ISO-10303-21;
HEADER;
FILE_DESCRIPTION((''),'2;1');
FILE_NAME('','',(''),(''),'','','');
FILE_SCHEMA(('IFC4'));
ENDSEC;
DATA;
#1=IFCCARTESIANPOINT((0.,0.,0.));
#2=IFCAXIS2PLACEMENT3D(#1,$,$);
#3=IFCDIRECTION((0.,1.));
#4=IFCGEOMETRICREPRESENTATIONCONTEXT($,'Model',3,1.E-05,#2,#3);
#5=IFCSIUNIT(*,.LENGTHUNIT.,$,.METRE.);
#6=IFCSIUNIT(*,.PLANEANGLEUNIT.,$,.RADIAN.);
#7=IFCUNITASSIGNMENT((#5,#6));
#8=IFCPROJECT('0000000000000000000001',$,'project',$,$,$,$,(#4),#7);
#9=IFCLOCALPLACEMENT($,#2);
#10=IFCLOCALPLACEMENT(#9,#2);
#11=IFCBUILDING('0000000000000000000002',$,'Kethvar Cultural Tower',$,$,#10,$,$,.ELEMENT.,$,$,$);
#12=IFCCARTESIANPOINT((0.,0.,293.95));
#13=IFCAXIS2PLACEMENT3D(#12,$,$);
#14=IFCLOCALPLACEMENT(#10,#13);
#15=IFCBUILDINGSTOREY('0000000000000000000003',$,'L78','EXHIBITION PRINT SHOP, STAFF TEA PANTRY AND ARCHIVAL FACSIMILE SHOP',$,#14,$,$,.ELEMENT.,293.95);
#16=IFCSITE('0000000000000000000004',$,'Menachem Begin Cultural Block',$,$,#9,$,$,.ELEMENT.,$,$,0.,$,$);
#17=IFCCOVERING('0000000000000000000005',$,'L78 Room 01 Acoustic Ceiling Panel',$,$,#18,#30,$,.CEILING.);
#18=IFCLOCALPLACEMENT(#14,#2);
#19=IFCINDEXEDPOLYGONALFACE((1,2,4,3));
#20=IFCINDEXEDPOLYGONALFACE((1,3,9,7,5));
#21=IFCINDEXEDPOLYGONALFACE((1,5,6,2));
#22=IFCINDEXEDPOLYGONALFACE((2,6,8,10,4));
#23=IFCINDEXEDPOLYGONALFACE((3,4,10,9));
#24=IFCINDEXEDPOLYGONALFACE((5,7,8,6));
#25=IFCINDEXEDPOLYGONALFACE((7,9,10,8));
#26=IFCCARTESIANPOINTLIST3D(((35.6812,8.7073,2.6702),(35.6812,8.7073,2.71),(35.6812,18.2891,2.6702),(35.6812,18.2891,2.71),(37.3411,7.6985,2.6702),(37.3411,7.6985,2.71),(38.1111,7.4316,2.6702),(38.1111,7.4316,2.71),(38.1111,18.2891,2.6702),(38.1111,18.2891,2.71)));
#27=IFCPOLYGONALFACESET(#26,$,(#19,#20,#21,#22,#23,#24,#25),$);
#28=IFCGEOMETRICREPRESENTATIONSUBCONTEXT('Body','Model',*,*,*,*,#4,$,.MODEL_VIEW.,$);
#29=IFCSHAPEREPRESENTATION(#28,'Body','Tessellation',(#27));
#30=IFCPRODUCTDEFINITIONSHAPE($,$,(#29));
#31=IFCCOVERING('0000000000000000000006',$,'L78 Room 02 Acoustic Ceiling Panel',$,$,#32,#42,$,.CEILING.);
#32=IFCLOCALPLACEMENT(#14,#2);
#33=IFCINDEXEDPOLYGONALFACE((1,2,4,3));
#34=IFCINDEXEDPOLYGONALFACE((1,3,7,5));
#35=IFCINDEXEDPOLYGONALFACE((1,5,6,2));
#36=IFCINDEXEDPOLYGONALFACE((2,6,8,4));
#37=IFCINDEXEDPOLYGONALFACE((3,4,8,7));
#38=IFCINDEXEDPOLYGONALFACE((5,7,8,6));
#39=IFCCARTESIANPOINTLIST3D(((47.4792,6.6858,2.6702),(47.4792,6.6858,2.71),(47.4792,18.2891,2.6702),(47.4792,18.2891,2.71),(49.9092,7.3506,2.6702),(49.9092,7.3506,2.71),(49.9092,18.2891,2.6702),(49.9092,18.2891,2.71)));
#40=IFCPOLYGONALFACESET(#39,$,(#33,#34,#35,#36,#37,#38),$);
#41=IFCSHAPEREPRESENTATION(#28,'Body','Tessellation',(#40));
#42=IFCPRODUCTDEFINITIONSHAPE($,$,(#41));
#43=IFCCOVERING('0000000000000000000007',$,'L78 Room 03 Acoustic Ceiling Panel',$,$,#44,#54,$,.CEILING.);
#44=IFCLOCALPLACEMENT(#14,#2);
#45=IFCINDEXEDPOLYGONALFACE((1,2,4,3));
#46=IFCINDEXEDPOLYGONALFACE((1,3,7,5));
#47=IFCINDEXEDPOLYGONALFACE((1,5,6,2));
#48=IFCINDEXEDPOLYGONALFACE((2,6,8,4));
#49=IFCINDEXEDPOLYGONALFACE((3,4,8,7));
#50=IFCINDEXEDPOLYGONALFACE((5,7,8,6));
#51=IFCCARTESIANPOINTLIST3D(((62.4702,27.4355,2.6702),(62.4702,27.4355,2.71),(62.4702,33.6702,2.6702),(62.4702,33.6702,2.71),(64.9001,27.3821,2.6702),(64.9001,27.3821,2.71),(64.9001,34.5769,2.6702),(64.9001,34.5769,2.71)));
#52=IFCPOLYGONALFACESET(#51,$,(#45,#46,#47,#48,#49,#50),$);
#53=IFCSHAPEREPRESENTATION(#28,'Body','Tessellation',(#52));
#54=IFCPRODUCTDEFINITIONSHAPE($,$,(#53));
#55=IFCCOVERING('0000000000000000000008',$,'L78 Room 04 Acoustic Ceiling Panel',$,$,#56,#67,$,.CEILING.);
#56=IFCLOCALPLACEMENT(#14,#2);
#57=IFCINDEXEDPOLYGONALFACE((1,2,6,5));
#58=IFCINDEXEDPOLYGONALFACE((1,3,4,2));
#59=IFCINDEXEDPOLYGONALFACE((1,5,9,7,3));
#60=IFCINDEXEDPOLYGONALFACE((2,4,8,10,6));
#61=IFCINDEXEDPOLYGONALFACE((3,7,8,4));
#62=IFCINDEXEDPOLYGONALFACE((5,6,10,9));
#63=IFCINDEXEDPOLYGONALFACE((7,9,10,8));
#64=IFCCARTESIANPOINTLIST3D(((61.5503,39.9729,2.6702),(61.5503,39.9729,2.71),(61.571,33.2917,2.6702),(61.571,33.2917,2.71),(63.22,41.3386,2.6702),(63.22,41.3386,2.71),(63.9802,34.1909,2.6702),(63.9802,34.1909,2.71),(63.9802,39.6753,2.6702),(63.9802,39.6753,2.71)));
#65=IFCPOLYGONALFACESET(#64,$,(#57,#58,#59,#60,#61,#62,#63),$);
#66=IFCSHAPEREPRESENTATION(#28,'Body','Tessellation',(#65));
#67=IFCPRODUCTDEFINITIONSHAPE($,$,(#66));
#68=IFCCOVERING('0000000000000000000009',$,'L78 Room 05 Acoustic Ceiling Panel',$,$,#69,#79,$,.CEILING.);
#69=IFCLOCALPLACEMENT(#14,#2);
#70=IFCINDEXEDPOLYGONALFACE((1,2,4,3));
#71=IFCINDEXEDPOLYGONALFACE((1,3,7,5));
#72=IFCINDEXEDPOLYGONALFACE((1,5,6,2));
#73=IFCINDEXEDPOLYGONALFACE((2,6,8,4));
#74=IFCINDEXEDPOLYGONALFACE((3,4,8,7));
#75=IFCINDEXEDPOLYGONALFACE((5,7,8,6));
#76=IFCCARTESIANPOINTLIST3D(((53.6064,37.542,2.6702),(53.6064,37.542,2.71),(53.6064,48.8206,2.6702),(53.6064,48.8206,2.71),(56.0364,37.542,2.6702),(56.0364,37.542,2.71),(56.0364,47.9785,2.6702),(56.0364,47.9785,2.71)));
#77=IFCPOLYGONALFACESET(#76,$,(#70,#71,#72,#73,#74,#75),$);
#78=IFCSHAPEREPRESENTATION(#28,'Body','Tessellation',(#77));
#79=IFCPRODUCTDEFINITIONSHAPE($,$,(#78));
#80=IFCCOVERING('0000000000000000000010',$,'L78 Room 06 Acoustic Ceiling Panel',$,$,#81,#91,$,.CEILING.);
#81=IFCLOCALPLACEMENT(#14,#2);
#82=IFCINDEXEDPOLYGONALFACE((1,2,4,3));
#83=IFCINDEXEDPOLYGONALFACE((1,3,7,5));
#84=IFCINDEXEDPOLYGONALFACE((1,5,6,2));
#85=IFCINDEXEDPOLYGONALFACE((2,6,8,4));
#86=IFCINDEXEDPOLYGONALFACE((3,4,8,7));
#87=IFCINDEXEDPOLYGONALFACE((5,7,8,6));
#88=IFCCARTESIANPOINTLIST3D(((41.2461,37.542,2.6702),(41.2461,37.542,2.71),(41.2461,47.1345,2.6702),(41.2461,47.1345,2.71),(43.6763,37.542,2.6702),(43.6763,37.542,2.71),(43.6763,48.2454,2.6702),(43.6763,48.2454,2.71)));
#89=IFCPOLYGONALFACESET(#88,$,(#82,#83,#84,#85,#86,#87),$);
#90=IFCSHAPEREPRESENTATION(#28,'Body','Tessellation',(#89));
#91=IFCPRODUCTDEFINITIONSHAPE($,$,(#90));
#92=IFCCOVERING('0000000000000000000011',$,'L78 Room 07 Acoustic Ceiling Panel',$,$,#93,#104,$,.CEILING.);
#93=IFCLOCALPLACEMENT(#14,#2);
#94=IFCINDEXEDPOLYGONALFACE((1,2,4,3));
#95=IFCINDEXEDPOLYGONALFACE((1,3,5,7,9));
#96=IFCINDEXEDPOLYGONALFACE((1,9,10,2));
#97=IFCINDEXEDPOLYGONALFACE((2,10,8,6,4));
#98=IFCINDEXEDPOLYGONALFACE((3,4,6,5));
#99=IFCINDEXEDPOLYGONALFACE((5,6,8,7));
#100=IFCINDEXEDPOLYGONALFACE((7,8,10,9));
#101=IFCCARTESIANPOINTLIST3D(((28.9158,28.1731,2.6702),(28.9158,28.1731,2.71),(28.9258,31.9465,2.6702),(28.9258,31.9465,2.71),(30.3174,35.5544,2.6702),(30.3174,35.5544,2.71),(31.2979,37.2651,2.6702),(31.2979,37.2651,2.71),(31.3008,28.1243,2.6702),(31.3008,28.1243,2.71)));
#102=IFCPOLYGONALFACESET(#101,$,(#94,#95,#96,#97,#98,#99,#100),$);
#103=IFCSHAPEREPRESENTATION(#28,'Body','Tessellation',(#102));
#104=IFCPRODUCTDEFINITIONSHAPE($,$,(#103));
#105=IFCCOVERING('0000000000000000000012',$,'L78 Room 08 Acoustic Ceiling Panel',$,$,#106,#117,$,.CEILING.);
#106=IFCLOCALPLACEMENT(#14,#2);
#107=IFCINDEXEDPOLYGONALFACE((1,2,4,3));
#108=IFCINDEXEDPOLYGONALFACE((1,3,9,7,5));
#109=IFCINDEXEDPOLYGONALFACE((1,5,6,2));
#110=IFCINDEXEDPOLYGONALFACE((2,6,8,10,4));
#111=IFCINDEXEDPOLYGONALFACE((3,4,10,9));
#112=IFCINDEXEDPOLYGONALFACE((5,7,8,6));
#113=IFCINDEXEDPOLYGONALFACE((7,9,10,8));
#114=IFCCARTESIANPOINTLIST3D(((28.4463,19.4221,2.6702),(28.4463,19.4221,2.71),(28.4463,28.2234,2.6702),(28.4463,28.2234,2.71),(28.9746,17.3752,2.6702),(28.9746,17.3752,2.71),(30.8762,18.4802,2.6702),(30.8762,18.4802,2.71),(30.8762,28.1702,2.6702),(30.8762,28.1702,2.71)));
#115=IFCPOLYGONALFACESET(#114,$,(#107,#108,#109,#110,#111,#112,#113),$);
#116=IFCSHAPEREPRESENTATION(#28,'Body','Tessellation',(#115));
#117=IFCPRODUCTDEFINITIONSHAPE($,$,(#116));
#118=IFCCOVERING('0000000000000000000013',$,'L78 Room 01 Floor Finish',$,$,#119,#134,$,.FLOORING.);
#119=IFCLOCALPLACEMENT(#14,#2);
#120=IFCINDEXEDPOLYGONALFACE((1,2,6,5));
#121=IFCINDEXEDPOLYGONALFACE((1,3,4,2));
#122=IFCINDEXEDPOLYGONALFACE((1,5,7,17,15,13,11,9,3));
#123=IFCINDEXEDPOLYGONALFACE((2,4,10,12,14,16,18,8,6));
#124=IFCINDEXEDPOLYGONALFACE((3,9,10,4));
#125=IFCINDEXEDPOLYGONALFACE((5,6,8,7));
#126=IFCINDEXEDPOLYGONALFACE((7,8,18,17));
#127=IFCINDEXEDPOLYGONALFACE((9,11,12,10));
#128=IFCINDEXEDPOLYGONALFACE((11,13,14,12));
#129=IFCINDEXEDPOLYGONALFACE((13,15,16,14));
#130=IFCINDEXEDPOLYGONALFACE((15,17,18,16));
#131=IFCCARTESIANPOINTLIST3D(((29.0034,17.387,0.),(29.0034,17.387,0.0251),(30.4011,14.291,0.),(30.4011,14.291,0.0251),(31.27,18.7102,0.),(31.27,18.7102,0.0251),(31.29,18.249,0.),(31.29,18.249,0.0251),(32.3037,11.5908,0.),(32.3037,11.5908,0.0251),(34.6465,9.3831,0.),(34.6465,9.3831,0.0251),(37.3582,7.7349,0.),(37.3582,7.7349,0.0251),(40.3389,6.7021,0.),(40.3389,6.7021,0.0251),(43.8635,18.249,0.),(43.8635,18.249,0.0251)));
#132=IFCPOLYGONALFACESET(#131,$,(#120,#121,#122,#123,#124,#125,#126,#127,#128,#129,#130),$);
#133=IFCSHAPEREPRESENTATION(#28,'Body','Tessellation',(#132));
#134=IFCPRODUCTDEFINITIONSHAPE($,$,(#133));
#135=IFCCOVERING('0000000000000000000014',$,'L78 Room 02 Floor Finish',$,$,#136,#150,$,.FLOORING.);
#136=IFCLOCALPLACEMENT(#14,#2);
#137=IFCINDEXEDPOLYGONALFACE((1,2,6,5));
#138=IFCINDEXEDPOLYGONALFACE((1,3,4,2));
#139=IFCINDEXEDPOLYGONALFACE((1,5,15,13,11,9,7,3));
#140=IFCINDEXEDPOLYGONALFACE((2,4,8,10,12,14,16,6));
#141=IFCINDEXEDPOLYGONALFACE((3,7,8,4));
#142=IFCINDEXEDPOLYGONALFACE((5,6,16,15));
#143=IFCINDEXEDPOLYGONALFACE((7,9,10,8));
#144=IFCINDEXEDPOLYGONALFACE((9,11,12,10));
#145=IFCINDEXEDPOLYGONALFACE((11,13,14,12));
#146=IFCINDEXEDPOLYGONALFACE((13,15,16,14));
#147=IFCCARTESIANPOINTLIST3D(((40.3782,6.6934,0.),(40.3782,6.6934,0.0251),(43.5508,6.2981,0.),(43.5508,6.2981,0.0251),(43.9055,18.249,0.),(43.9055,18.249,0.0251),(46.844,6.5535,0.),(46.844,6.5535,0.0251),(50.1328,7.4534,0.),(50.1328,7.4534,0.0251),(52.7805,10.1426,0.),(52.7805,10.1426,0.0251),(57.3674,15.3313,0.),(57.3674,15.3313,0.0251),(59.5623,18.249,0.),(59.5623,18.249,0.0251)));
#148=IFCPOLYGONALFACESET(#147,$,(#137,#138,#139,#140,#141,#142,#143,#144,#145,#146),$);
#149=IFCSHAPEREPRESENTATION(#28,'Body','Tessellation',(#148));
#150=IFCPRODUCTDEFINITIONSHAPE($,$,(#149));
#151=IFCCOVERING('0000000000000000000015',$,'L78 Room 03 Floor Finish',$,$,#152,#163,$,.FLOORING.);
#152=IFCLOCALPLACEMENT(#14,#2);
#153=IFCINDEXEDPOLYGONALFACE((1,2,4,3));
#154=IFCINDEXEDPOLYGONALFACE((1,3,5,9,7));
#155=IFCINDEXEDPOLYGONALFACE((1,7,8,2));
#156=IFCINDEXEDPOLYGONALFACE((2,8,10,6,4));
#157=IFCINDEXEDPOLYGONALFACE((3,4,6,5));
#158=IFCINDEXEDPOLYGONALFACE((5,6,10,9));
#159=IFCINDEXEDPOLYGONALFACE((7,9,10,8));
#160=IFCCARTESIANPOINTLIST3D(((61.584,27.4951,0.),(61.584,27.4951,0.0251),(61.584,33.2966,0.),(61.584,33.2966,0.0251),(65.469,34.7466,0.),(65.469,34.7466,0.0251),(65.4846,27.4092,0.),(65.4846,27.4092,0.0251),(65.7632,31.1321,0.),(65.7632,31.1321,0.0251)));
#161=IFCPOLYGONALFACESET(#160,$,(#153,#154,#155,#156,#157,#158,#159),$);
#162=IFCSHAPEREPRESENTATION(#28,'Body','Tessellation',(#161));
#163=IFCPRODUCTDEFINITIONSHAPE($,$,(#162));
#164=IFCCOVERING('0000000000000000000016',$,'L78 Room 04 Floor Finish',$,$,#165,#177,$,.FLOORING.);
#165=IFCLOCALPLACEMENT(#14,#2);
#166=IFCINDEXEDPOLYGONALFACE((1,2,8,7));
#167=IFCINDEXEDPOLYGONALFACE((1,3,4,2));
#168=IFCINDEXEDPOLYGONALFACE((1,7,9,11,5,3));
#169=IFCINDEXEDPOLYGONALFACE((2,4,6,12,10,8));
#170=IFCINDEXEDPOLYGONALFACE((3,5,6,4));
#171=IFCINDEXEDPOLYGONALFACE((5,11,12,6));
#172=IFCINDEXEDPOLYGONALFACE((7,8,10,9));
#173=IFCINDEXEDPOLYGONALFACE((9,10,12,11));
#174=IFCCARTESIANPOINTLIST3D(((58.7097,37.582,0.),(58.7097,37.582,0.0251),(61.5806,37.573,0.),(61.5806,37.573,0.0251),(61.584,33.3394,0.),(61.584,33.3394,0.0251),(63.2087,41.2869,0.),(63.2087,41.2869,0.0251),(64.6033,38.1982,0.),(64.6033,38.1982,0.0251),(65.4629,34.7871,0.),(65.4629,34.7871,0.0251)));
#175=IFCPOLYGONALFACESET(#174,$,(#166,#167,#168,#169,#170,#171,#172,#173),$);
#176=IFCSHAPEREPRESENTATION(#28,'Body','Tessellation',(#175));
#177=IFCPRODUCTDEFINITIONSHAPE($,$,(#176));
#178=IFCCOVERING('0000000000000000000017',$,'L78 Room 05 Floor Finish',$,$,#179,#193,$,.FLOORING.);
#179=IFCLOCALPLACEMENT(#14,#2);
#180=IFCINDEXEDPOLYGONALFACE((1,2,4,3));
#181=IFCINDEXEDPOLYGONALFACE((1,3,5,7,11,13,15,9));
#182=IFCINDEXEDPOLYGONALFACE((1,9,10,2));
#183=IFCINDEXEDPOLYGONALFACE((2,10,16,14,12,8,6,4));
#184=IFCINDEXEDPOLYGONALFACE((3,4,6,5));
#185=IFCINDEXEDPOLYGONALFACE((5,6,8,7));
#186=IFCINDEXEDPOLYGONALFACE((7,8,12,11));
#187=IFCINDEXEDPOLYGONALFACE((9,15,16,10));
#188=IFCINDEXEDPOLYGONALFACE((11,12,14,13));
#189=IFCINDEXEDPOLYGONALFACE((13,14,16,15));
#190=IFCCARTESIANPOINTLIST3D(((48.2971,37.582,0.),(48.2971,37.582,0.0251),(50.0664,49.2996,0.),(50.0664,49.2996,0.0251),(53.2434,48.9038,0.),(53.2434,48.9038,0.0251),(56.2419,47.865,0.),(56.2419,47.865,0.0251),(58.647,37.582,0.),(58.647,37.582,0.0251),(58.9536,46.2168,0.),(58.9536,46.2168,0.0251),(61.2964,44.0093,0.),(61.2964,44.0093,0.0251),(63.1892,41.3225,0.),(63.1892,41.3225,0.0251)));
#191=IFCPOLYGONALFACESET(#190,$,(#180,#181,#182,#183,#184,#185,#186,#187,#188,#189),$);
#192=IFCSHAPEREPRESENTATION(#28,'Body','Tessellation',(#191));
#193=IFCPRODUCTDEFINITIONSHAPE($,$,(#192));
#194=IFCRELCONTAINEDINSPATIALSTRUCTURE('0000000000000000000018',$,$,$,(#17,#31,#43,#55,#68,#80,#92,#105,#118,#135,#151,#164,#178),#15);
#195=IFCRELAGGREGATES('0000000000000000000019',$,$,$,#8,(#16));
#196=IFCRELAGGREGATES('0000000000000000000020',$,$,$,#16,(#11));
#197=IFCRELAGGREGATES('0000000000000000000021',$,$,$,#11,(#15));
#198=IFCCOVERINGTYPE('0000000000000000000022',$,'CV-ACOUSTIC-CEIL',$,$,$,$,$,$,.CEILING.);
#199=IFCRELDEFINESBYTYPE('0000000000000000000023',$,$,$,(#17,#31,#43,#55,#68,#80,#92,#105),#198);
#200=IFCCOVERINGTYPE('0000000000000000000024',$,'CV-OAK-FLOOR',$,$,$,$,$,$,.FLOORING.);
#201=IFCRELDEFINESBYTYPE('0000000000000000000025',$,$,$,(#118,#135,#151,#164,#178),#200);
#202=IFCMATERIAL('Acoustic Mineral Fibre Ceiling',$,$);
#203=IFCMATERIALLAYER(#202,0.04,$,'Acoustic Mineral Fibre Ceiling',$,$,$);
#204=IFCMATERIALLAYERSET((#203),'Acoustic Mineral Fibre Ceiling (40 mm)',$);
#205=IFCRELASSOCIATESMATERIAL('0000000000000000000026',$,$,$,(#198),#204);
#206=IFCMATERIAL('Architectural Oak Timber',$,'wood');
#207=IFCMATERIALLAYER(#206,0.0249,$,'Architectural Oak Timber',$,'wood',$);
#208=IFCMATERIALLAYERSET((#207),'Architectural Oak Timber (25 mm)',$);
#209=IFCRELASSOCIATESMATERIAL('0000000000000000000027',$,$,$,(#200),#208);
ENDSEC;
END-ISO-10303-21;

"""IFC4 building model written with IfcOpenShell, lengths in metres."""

from ifc_helpers import new_model, si_unit, direction, frame, origin, place, context, subcontext, project, spatial, polyline, outline, extrude, material, layer, layer_set, type_object, element, save


model = new_model("IFC4")

# Units and contexts
model_context = context("Model", 3, precision=1e-05, world=origin(), true_north=direction((0.0, 1.0)))
body_context = subcontext(model_context, "Body", "Model", "MODEL_VIEW")
ifc_project = project(units=[si_unit("LENGTHUNIT", "METRE"), si_unit("PLANEANGLEUNIT", "RADIAN")], contexts=[model_context])

# Site, building, storey
site_placement = place(None, origin())
site = spatial("IfcSite", under=ifc_project, at=site_placement, Name="Menachem Begin Cultural Block", CompositionType="ELEMENT", RefElevation=0.0)
building_placement = place(site_placement, origin())
building = spatial("IfcBuilding", under=site, at=building_placement, Name="Kethvar Cultural Tower", CompositionType="ELEMENT")
storey_placement = place(building_placement, frame((0.0, 0.0, 293.95)))
storey = spatial("IfcBuildingStorey", under=building, at=storey_placement, Name="L78", Description="EXHIBITION PRINT SHOP, STAFF TEA PANTRY AND ARCHIVAL FACSIMILE SHOP", CompositionType="ELEMENT", Elevation=293.95)

# Coverings
ifc_material_1 = material(Name="Acoustic Mineral Fibre Ceiling")
ifc_layer_1 = layer(ifc_material_1, 0.04, Name="Acoustic Mineral Fibre Ceiling")
ifc_layer_set_1 = layer_set([ifc_layer_1], Name="Acoustic Mineral Fibre Ceiling (40 mm)")
covering_type_1 = type_object("IfcCoveringType", Name="CV-ACOUSTIC-CEIL", PredefinedType="CEILING", material=ifc_layer_set_1)
covering_1_placement = place(storey_placement, frame((0.0, 0.0, 2.6702)))
element("IfcCovering", 1, at=covering_1_placement, inside=storey, type_object=covering_type_1, Name="L78 Room 01 Acoustic Ceiling Panel", PredefinedType="CEILING", context=body_context, shape_type="SweptSolid", body=[
    extrude(outline(polyline([(37.3411, 7.6985), (35.6812, 8.7073), (35.6812, 18.2891), (38.1111, 18.2891), (38.1111, 7.4316), (37.3411, 7.6985)])), origin(), (0.0, 0.0, 1.0), 0.0398),
])
covering_2_placement = place(storey_placement, frame((0.0, 0.0, 2.6702)))
element("IfcCovering", 2, at=covering_2_placement, inside=storey, type_object=covering_type_1, Name="L78 Room 02 Acoustic Ceiling Panel", PredefinedType="CEILING", context=body_context, shape_type="SweptSolid", body=[
    extrude(outline(polyline([(47.4792, 6.6858), (47.4792, 18.2891), (49.9092, 18.2891), (49.9092, 7.3506), (47.4792, 6.6858)])), origin(), (0.0, 0.0, 1.0), 0.0398),
])
covering_3_placement = place(storey_placement, frame((0.0, 0.0, 2.6702)))
element("IfcCovering", 3, at=covering_3_placement, inside=storey, type_object=covering_type_1, Name="L78 Room 03 Acoustic Ceiling Panel", PredefinedType="CEILING", context=body_context, shape_type="SweptSolid", body=[
    extrude(outline(polyline([(62.4702, 27.4355), (62.4702, 33.6702), (64.9001, 34.5769), (64.9001, 27.3821), (62.4702, 27.4355)])), origin(), (0.0, 0.0, 1.0), 0.0398),
])
covering_4_placement = place(storey_placement, frame((0.0, 0.0, 2.6702)))
element("IfcCovering", 4, at=covering_4_placement, inside=storey, type_object=covering_type_1, Name="L78 Room 04 Acoustic Ceiling Panel", PredefinedType="CEILING", context=body_context, shape_type="SweptSolid", body=[
    extrude(outline(polyline([(61.571, 33.2917), (61.5503, 39.9729), (63.22, 41.3386), (63.9802, 39.6753), (63.9802, 34.1909), (61.571, 33.2917)])), origin(), (0.0, 0.0, 1.0), 0.0398),
])
covering_5_placement = place(storey_placement, frame((0.0, 0.0, 2.6702)))
element("IfcCovering", 5, at=covering_5_placement, inside=storey, type_object=covering_type_1, Name="L78 Room 05 Acoustic Ceiling Panel", PredefinedType="CEILING", context=body_context, shape_type="SweptSolid", body=[
    extrude(outline(polyline([(56.0364, 47.9785), (56.0364, 37.542), (53.6064, 37.542), (53.6064, 48.8206), (56.0364, 47.9785)])), origin(), (0.0, 0.0, 1.0), 0.0398),
])
covering_6_placement = place(storey_placement, frame((0.0, 0.0, 2.6702)))
element("IfcCovering", 6, at=covering_6_placement, inside=storey, type_object=covering_type_1, Name="L78 Room 06 Acoustic Ceiling Panel", PredefinedType="CEILING", context=body_context, shape_type="SweptSolid", body=[
    extrude(outline(polyline([(41.2461, 47.1345), (43.6763, 48.2454), (43.6763, 37.542), (41.2461, 37.542), (41.2461, 47.1345)])), origin(), (0.0, 0.0, 1.0), 0.0398),
])
covering_7_placement = place(storey_placement, frame((0.0, 0.0, 2.6702)))
element("IfcCovering", 7, at=covering_7_placement, inside=storey, type_object=covering_type_1, Name="L78 Room 07 Acoustic Ceiling Panel", PredefinedType="CEILING", context=body_context, shape_type="SweptSolid", body=[
    extrude(outline(polyline([(28.9258, 31.9465), (30.3174, 35.5544), (31.2979, 37.2651), (31.3008, 28.1243), (28.9158, 28.1731), (28.9258, 31.9465)])), origin(), (0.0, 0.0, 1.0), 0.0398),
])
covering_8_placement = place(storey_placement, frame((0.0, 0.0, 2.6702)))
element("IfcCovering", 8, at=covering_8_placement, inside=storey, type_object=covering_type_1, Name="L78 Room 08 Acoustic Ceiling Panel", PredefinedType="CEILING", context=body_context, shape_type="SweptSolid", body=[
    extrude(outline(polyline([(30.8762, 28.1702), (30.8762, 18.4802), (28.9746, 17.3752), (28.4463, 19.4221), (28.4463, 28.2234), (30.8762, 28.1702)])), origin(), (0.0, 0.0, 1.0), 0.0398),
])
ifc_material_2 = material(Name="Architectural Oak Timber", Category="wood")
ifc_layer_2 = layer(ifc_material_2, 0.0249, Name="Architectural Oak Timber", Category="wood")
ifc_layer_set_2 = layer_set([ifc_layer_2], Name="Architectural Oak Timber (25 mm)")
covering_type_2 = type_object("IfcCoveringType", Name="CV-OAK-FLOOR", PredefinedType="FLOORING", material=ifc_layer_set_2)
covering_9_placement = place(storey_placement, origin())
element("IfcCovering", 9, at=covering_9_placement, inside=storey, type_object=covering_type_2, Name="L78 Room 01 Floor Finish", PredefinedType="FLOORING", context=body_context, shape_type="SweptSolid", body=[
    extrude(outline(polyline([(37.3582, 7.7349), (34.6465, 9.3831), (32.3037, 11.5908), (30.4011, 14.291), (29.0034, 17.387), (31.27, 18.7102), (31.29, 18.249), (43.8635, 18.249), (40.3389, 6.7021), (37.3582, 7.7349)])), origin(), (0.0, 0.0, 1.0), 0.0251),
])
covering_10_placement = place(storey_placement, origin())
element("IfcCovering", 10, at=covering_10_placement, inside=storey, type_object=covering_type_2, Name="L78 Room 02 Floor Finish", PredefinedType="FLOORING", context=body_context, shape_type="SweptSolid", body=[
    extrude(outline(polyline([(57.3674, 15.3313), (52.7805, 10.1426), (50.1328, 7.4534), (46.844, 6.5535), (43.5508, 6.2981), (40.3782, 6.6934), (43.9055, 18.249), (59.5623, 18.249), (57.3674, 15.3313)])), origin(), (0.0, 0.0, 1.0), 0.0251),
])
covering_11_placement = place(storey_placement, origin())
element("IfcCovering", 11, at=covering_11_placement, inside=storey, type_object=covering_type_2, Name="L78 Room 03 Floor Finish", PredefinedType="FLOORING", context=body_context, shape_type="SweptSolid", body=[
    extrude(outline(polyline([(65.7632, 31.1321), (65.4846, 27.4092), (61.584, 27.4951), (61.584, 33.2966), (65.469, 34.7466), (65.7632, 31.1321)])), origin(), (0.0, 0.0, 1.0), 0.0251),
])
covering_12_placement = place(storey_placement, origin())
element("IfcCovering", 12, at=covering_12_placement, inside=storey, type_object=covering_type_2, Name="L78 Room 04 Floor Finish", PredefinedType="FLOORING", context=body_context, shape_type="SweptSolid", body=[
    extrude(outline(polyline([(64.6033, 38.1982), (65.4629, 34.7871), (61.584, 33.3394), (61.5806, 37.573), (58.7097, 37.582), (63.2087, 41.2869), (64.6033, 38.1982)])), origin(), (0.0, 0.0, 1.0), 0.0251),
])
covering_13_placement = place(storey_placement, origin())
element("IfcCovering", 13, at=covering_13_placement, inside=storey, type_object=covering_type_2, Name="L78 Room 05 Floor Finish", PredefinedType="FLOORING", context=body_context, shape_type="SweptSolid", body=[
    extrude(outline(polyline([(53.2434, 48.9038), (56.2419, 47.865), (58.9536, 46.2168), (61.2964, 44.0093), (63.1892, 41.3225), (58.647, 37.582), (48.2971, 37.582), (50.0664, 49.2996), (53.2434, 48.9038)])), origin(), (0.0, 0.0, 1.0), 0.0251),
])

save(model, "model.ifc")
